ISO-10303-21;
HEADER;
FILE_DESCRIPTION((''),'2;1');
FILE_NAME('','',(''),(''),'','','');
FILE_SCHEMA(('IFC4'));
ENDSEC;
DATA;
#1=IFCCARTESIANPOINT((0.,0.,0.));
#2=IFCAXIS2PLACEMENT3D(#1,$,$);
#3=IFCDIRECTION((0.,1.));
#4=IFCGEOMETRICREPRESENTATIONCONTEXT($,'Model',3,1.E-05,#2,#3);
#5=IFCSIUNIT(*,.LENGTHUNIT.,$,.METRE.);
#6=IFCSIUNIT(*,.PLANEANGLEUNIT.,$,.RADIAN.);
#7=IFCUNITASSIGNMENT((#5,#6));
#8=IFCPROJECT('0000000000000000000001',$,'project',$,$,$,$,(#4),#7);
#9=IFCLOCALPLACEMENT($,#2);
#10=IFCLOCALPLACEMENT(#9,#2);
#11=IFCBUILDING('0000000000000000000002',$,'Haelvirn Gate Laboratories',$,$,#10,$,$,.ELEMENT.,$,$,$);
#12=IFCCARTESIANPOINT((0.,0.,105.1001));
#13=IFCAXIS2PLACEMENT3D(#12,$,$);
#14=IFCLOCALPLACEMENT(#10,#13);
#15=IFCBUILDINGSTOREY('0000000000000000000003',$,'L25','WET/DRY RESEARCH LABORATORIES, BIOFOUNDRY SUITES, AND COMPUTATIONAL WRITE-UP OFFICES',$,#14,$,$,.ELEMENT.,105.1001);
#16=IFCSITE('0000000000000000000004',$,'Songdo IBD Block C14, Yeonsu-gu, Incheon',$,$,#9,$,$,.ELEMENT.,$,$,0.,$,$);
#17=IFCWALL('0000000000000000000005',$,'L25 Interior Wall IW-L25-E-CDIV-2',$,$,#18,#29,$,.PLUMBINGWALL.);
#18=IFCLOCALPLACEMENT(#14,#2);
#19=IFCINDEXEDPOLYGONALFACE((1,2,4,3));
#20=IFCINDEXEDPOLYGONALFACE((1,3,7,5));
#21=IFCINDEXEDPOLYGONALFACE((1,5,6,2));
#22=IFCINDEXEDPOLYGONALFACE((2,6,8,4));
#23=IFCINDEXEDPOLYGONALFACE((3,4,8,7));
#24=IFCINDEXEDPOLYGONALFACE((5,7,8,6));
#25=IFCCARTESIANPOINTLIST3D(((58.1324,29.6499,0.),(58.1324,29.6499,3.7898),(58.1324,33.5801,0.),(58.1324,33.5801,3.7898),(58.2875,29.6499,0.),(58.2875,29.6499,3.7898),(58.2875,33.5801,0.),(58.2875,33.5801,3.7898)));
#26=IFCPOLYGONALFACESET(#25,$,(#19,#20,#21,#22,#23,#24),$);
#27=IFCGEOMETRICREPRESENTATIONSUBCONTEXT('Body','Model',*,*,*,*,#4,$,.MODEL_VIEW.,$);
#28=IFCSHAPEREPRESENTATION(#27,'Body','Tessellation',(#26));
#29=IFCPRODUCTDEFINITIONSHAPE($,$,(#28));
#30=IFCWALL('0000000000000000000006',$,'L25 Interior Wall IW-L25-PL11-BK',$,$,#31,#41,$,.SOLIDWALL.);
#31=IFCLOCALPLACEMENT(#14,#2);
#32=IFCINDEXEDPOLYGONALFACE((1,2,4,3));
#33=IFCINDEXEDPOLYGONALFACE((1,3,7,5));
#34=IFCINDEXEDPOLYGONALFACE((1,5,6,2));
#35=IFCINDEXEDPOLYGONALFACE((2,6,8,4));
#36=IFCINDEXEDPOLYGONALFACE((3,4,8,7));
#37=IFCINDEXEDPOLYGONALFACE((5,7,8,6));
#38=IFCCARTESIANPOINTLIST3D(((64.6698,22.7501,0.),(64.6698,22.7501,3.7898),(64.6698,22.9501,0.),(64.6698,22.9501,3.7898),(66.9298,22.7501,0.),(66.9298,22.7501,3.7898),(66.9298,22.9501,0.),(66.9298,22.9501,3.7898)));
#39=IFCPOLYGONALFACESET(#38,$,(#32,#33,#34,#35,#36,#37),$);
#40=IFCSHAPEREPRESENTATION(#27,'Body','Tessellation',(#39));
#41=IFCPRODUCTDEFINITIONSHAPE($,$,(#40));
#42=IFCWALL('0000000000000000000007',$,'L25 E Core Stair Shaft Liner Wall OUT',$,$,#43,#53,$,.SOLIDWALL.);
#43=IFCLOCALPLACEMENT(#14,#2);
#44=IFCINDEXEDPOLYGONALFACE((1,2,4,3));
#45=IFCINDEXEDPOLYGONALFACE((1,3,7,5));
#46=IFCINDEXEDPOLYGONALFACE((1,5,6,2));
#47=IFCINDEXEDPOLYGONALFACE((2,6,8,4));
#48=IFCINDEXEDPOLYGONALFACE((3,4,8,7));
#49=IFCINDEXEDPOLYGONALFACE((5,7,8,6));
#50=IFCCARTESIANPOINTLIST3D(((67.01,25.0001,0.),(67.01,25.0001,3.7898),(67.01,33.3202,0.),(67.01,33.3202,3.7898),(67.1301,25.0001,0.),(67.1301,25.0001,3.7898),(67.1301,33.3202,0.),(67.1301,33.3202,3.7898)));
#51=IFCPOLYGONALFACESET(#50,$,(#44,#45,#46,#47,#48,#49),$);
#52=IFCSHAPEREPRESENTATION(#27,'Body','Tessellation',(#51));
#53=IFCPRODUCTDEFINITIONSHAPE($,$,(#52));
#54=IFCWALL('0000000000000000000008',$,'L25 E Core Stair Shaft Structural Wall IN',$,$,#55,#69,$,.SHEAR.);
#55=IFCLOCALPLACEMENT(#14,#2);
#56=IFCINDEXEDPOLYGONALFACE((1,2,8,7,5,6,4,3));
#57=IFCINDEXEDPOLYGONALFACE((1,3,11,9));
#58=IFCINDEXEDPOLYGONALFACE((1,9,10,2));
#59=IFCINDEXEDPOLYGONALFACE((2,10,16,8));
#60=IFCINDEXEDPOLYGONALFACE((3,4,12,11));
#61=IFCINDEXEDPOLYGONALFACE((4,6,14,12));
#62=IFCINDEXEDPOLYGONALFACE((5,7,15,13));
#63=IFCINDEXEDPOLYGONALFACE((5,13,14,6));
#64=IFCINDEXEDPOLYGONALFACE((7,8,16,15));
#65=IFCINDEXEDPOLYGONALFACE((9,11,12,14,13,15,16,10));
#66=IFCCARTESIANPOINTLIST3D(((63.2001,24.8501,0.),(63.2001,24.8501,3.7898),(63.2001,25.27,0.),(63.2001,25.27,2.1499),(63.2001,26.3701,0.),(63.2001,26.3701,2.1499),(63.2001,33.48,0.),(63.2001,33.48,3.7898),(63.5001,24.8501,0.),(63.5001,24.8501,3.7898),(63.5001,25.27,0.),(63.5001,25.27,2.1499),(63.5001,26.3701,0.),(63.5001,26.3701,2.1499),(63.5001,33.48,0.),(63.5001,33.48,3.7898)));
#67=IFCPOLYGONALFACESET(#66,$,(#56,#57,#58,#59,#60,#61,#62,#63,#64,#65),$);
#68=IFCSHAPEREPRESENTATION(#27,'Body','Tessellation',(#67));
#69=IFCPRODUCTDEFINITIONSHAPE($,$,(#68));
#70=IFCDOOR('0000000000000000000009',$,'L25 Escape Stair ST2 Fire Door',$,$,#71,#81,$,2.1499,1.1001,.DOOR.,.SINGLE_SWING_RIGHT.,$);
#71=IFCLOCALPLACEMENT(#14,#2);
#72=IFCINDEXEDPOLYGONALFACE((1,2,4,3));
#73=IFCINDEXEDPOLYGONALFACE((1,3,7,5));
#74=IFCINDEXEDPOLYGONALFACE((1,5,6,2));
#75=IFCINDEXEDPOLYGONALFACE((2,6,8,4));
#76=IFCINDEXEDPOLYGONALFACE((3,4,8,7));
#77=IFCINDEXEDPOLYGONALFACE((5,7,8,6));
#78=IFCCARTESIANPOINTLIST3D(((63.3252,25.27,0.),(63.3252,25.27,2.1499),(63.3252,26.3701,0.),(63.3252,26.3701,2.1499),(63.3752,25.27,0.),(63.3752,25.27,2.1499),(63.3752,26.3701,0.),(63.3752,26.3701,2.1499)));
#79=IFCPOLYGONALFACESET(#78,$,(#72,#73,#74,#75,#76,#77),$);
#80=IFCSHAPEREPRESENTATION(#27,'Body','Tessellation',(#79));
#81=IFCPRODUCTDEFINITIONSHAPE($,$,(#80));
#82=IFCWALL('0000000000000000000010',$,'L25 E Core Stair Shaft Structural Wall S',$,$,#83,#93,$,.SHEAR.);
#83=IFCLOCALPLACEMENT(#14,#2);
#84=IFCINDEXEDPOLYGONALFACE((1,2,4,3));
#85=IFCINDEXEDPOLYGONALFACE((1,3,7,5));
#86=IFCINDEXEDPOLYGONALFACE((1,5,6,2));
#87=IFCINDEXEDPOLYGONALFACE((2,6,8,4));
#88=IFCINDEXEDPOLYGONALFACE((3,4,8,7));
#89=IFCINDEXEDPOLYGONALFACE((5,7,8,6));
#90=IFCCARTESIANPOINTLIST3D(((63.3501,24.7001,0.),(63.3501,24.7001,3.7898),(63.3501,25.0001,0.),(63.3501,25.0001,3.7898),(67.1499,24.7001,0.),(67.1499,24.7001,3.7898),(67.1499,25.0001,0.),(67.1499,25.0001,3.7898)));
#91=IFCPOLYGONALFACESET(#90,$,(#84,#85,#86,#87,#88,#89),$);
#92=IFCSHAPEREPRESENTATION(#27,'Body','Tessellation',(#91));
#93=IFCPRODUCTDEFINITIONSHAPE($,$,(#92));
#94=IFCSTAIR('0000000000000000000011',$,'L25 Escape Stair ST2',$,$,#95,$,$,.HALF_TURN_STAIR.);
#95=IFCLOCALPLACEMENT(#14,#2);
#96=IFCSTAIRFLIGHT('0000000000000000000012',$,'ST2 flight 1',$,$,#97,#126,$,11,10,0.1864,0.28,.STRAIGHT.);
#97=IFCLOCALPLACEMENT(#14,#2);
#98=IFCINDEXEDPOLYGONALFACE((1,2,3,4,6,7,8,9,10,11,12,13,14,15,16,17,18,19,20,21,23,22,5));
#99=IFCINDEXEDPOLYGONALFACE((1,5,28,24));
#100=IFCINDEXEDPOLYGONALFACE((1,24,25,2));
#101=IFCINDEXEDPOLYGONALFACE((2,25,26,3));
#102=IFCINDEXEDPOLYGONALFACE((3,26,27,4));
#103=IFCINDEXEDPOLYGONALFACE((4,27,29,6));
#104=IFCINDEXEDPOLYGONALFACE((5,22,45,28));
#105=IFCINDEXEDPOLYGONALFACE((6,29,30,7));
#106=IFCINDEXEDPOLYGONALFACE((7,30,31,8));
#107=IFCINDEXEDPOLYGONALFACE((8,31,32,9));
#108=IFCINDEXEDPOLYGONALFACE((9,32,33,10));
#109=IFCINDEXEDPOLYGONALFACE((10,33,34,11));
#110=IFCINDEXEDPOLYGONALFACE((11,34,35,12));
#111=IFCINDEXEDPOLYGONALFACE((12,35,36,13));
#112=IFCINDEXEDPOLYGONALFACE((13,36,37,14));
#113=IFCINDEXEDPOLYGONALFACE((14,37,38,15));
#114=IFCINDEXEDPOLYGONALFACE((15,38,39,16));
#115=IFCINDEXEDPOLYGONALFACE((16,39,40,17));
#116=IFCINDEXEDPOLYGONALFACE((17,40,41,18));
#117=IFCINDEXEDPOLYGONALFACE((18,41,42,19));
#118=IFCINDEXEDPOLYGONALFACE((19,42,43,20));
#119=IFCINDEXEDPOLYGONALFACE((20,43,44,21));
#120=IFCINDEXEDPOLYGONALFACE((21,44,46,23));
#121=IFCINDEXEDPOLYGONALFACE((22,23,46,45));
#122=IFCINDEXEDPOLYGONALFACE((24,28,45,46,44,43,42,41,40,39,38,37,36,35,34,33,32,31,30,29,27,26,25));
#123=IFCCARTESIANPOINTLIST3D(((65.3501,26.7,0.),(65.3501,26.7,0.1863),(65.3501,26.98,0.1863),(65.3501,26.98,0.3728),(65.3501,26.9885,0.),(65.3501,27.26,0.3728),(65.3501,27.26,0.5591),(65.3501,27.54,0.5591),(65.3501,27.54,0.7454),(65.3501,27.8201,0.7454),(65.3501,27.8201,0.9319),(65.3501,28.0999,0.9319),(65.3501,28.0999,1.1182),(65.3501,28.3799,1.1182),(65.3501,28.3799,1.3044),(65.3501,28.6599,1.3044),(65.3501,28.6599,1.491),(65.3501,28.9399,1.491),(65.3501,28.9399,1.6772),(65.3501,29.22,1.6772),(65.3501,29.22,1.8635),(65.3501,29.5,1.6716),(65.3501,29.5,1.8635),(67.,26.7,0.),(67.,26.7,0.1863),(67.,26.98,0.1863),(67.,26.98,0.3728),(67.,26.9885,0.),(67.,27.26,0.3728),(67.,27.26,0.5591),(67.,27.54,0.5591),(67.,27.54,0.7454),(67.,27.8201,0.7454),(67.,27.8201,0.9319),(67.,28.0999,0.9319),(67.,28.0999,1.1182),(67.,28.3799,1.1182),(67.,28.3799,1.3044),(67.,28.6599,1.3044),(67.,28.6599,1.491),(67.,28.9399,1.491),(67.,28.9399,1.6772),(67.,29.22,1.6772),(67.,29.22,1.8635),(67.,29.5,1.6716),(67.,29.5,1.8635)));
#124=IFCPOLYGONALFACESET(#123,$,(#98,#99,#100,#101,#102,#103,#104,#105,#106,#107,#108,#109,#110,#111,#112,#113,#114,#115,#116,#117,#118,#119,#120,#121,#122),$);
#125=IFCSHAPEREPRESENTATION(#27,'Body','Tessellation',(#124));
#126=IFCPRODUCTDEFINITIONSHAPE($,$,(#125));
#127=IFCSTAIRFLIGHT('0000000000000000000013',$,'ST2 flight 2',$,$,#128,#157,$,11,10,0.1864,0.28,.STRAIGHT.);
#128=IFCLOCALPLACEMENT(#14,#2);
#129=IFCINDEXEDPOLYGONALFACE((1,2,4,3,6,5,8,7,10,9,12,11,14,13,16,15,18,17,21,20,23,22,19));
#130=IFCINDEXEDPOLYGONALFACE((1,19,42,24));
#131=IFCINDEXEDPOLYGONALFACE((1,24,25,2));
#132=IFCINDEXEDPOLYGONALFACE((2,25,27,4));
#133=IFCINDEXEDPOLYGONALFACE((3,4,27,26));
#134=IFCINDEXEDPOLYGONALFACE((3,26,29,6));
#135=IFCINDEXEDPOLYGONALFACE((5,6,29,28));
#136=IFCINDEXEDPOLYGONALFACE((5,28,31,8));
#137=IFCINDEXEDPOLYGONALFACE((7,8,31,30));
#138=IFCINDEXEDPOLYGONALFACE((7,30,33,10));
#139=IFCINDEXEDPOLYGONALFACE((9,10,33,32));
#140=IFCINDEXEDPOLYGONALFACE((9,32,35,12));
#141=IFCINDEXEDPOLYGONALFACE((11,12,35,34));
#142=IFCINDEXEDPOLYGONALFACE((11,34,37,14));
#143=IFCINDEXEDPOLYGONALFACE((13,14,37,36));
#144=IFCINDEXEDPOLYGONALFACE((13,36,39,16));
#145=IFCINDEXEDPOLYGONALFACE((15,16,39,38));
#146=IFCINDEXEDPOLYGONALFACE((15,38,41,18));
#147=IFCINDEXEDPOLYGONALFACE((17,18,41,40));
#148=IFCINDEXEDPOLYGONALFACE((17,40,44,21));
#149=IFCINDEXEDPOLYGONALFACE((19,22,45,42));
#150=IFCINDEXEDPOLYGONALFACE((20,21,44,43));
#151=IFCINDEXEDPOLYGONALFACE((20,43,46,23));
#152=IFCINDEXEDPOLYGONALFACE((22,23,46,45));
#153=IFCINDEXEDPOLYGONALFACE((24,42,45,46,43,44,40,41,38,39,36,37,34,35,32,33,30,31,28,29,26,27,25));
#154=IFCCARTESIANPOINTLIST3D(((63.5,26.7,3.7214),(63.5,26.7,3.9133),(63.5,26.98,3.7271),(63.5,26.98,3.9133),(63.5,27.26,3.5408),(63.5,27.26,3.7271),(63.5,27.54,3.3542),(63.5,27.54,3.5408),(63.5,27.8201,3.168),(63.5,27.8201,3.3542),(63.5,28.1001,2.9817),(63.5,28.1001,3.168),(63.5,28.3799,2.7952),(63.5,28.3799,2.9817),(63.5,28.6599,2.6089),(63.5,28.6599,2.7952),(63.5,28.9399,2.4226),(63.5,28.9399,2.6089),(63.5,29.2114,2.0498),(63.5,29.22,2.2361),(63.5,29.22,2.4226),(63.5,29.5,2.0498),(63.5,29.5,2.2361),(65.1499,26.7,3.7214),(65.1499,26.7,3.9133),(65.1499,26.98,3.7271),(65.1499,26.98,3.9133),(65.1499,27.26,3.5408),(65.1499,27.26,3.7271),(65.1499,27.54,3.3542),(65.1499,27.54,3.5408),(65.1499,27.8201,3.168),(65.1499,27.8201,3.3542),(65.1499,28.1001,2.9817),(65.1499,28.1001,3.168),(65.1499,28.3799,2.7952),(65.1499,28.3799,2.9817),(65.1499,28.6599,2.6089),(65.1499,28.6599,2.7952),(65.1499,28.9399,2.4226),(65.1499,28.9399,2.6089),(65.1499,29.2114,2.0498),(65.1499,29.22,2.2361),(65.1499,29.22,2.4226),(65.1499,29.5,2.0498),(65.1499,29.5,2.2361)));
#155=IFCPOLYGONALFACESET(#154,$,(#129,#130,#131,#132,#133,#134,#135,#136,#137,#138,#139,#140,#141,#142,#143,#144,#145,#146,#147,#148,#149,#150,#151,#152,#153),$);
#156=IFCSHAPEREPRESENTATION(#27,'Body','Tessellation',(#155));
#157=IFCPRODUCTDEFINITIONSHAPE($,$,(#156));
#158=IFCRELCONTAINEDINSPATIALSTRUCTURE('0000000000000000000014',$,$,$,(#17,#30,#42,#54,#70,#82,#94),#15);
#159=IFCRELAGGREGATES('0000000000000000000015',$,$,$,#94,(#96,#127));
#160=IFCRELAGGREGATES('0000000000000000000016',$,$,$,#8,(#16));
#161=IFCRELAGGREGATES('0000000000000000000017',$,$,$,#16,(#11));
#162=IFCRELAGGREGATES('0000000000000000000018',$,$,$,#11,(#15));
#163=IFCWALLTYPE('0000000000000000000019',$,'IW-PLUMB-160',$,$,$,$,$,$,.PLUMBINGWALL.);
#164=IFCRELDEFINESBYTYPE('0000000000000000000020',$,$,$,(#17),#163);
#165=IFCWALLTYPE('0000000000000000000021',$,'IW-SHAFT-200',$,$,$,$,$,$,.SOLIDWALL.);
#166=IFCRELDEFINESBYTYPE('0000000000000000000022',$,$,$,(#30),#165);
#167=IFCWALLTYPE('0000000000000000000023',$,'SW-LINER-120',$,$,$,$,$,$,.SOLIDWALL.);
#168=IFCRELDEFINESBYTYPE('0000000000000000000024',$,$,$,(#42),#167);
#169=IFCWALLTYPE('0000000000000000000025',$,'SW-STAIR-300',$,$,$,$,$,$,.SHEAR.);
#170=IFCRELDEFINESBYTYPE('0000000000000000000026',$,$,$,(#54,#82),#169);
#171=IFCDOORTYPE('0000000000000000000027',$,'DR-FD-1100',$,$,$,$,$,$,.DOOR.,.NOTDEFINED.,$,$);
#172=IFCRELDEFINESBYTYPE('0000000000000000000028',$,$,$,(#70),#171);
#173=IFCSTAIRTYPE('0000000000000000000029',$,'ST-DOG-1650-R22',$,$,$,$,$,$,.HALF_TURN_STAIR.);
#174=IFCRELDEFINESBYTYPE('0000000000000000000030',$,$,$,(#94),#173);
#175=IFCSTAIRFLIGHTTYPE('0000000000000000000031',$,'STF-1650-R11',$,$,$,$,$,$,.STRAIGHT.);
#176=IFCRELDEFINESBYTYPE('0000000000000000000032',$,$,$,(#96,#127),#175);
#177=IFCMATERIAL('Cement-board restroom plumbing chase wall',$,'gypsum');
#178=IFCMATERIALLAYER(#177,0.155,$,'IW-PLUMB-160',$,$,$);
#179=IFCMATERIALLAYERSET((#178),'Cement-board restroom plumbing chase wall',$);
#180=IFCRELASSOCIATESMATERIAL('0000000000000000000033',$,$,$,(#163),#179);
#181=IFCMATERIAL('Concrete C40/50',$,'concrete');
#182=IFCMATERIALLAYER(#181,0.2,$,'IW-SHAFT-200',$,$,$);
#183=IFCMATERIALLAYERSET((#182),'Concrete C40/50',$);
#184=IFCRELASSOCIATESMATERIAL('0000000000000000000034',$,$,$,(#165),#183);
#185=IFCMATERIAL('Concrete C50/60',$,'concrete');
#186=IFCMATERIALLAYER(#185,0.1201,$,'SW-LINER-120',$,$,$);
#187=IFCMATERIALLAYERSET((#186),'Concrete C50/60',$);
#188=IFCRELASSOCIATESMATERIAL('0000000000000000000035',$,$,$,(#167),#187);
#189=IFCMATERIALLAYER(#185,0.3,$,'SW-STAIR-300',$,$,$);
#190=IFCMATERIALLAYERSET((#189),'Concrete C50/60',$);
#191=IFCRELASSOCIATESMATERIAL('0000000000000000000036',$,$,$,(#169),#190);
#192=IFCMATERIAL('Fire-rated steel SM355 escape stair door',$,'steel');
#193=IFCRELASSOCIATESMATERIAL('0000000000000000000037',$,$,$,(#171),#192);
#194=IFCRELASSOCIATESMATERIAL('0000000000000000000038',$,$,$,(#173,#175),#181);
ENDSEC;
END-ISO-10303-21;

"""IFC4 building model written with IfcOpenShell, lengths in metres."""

from ifc_helpers import new_model, si_unit, direction, frame, frame_2d, origin, place, context, subcontext, project, spatial, polyline, rectangle, outline, extrude, source, transform, mapped, material, layer, layer_set, type_object, type_shapes, element, fill, aggregate, save


model = new_model("IFC4")

# Units and contexts
model_context = context("Model", 3, precision=1e-05, world=origin(), true_north=direction((0.0, 1.0)))
body_context = subcontext(model_context, "Body", "Model", "MODEL_VIEW")
ifc_project = project(units=[si_unit("LENGTHUNIT", "METRE"), si_unit("PLANEANGLEUNIT", "RADIAN")], contexts=[model_context])

# Site, building, storey
site_placement = place(None, origin())
site = spatial("IfcSite", under=ifc_project, at=site_placement, Name="Songdo IBD Block C14, Yeonsu-gu, Incheon", CompositionType="ELEMENT", RefElevation=0.0)
building_placement = place(site_placement, origin())
building = spatial("IfcBuilding", under=site, at=building_placement, Name="Haelvirn Gate Laboratories", CompositionType="ELEMENT")
storey_placement = place(building_placement, frame((0.0, 0.0, 105.1001)))
storey = spatial("IfcBuildingStorey", under=building, at=storey_placement, Name="L25", Description="WET/DRY RESEARCH LABORATORIES, BIOFOUNDRY SUITES, AND COMPUTATIONAL WRITE-UP OFFICES", CompositionType="ELEMENT", Elevation=105.1001)

# Walls
ifc_material_1 = material(Name="Cement-board restroom plumbing chase wall", Category="gypsum")
ifc_layer_1 = layer(ifc_material_1, 0.155, Name="IW-PLUMB-160")
ifc_layer_set_1 = layer_set([ifc_layer_1], Name="Cement-board restroom plumbing chase wall")
wall_type_1 = type_object("IfcWallType", Name="IW-PLUMB-160", PredefinedType="PLUMBINGWALL", material=ifc_layer_set_1)
for number, where, z_axis, x_axis, name in (
    (1, (58.21, 29.6499, 0.0), (0.0, 0.0, 1.0), (0.0, 1.0, 0.0), "L25 Interior Wall IW-L25-E-CDIV-2"),
):
    element("IfcWall", number, at=place(storey_placement, frame(where, z_axis=z_axis, x_axis=x_axis)), inside=storey, type_object=wall_type_1, Name=name, PredefinedType="PLUMBINGWALL", context=body_context, shape_type="SweptSolid", body=[
        extrude(rectangle(XDim=3.9302, YDim=0.155, at=frame_2d((1.9651, 0.0))), origin(), (0.0, 0.0, 1.0), 3.7898),
    ])
ifc_material_2 = material(Name="Concrete C40/50", Category="concrete")
ifc_layer_2 = layer(ifc_material_2, 0.2, Name="IW-SHAFT-200")
ifc_layer_set_2 = layer_set([ifc_layer_2], Name="Concrete C40/50")
wall_type_2 = type_object("IfcWallType", Name="IW-SHAFT-200", PredefinedType="SOLIDWALL", material=ifc_layer_set_2)
wall_1_placement = place(storey_placement, frame((64.6699, 22.8501, 0.0), z_axis=(0.0, 0.0, 1.0), x_axis=(1.0, 0.0, 0.0)))
element("IfcWall", 2, at=wall_1_placement, inside=storey, type_object=wall_type_2, Name="L25 Interior Wall IW-L25-PL11-BK", PredefinedType="SOLIDWALL", context=body_context, shape_type="SweptSolid", body=[
    extrude(rectangle(XDim=2.26, YDim=0.2, at=frame_2d((1.1299, 0.0))), origin(), (0.0, 0.0, 1.0), 3.7898),
])
ifc_material_3 = material(Name="Concrete C50/60", Category="concrete")
ifc_layer_3 = layer(ifc_material_3, 0.1201, Name="SW-LINER-120")
ifc_layer_set_3 = layer_set([ifc_layer_3], Name="Concrete C50/60")
wall_type_3 = type_object("IfcWallType", Name="SW-LINER-120", PredefinedType="SOLIDWALL", material=ifc_layer_set_3)
wall_2_placement = place(storey_placement, frame((67.0701, 25.0, 0.0), z_axis=(0.0, 0.0, 1.0), x_axis=(0.0, 1.0, 0.0)))
element("IfcWall", 3, at=wall_2_placement, inside=storey, type_object=wall_type_3, Name="L25 E Core Stair Shaft Liner Wall OUT", PredefinedType="SOLIDWALL", context=body_context, shape_type="SweptSolid", body=[
    extrude(rectangle(XDim=8.3201, YDim=0.1201, at=frame_2d((4.1602, 0.0))), origin(), (0.0, 0.0, 1.0), 3.7898),
])

# Wall, opening, door
ifc_layer_4 = layer(ifc_material_3, 0.3, Name="SW-STAIR-300")
ifc_layer_set_4 = layer_set([ifc_layer_4], Name="Concrete C50/60")
wall_type_4 = type_object("IfcWallType", Name="SW-STAIR-300", PredefinedType="SHEAR", material=ifc_layer_set_4)
wall_3_placement = place(storey_placement, frame((63.3501, 24.8501, 0.0), z_axis=(0.0, 0.0, 1.0), x_axis=(0.0, 1.0, 0.0)))
wall_3 = element("IfcWall", 4, at=wall_3_placement, inside=storey, type_object=wall_type_4, Name="L25 E Core Stair Shaft Structural Wall IN", PredefinedType="SHEAR", context=body_context, shape_type="SweptSolid", body=[
    extrude(rectangle(XDim=8.6299, YDim=0.3, at=frame_2d((4.3149, 0.0))), origin(), (0.0, 0.0, 1.0), 3.7898),
])
opening_1_placement = place(wall_3_placement, frame((0.4199, 0.0, 0.0)))
opening_1 = element("IfcOpeningElement", 5, at=opening_1_placement, cuts=wall_3, PredefinedType="OPENING", context=body_context, shape_type="SweptSolid", body=[
    extrude(rectangle(XDim=1.1001, YDim=2.1499, at=frame_2d((0.55, 1.075))), frame((0.0, 0.1602, 0.0), z_axis=(0.0, -1.0, 0.0), x_axis=(1.0, 0.0, 0.0)), (0.0, 0.0, 1.0), 0.3201),
])
ifc_material_4 = material(Name="Fire-rated steel SM355 escape stair door", Category="steel")
door_type_1 = type_object("IfcDoorType", Name="DR-FD-1100", OperationType="NOTDEFINED", PredefinedType="DOOR", material=ifc_material_4)
shared_shape_1 = source(origin(), body_context, "Body", "SweptSolid", [
    extrude(rectangle(XDim=1.1001, YDim=2.1499, at=frame_2d((0.55, 1.075))), frame((0.0, 0.0249, 0.0), z_axis=(0.0, -1.0, 0.0), x_axis=(1.0, 0.0, 0.0)), (0.0, 0.0, 1.0), 0.05),
])
type_shapes(door_type_1, [shared_shape_1])
door_1_placement = place(opening_1_placement, origin())
door_1 = element("IfcDoor", 6, at=door_1_placement, inside=storey, type_object=door_type_1, Name="L25 Escape Stair ST2 Fire Door", OperationType="SINGLE_SWING_RIGHT", OverallHeight=2.1499, OverallWidth=1.1001, PredefinedType="DOOR", context=body_context, shape_type="MappedRepresentation", body=[
    mapped(shared_shape_1, transform((0.0, 0.0, 0.0), scale=1.0)),
])
fill(opening_1, door_1)

# Wall
wall_4_placement = place(storey_placement, frame((63.3501, 24.8501, 0.0), z_axis=(0.0, 0.0, 1.0), x_axis=(1.0, 0.0, 0.0)))
element("IfcWall", 7, at=wall_4_placement, inside=storey, type_object=wall_type_4, Name="L25 E Core Stair Shaft Structural Wall S", PredefinedType="SHEAR", context=body_context, shape_type="SweptSolid", body=[
    extrude(rectangle(XDim=3.7998, YDim=0.3, at=frame_2d((1.8999, 0.0))), origin(), (0.0, 0.0, 1.0), 3.7898),
])

# Stair, stair flights
stair_type = type_object("IfcStairType", Name="ST-DOG-1650-R22", PredefinedType="HALF_TURN_STAIR", material=ifc_material_2)
stair_placement = place(storey_placement, origin())
stair = element("IfcStair", 8, at=stair_placement, inside=storey, type_object=stair_type, Name="L25 Escape Stair ST2", PredefinedType="HALF_TURN_STAIR")
stair_flight_type = type_object("IfcStairFlightType", Name="STF-1650-R11", PredefinedType="STRAIGHT", material=ifc_material_2)
shared_shape_2 = source(origin(), body_context, "Body", "SweptSolid", [
    extrude(outline(polyline([(0.0, 0.0), (0.0, 0.1863), (0.28, 0.1863), (0.28, 0.3728), (0.5601, 0.3728), (0.5601, 0.5591), (0.8401, 0.5591), (0.8401, 0.7454), (1.1201, 0.7454), (1.1201, 0.9319), (1.3999, 0.9319), (1.3999, 1.1182), (1.6799, 1.1182), (1.6799, 1.3044), (1.96, 1.3044), (1.96, 1.491), (2.24, 1.491), (2.24, 1.6772), (2.52, 1.6772), (2.52, 1.8635), (2.8, 1.8635), (2.8, 2.05), (2.8, 1.6716), (0.2886, 0.0), (0.0, 0.0)])), frame((0.0, 0.825, 0.0), z_axis=(0.0, -1.0, 0.0), x_axis=(1.0, 0.0, 0.0)), (0.0, 0.0, 1.0), 1.6499),
])
type_shapes(stair_flight_type, [shared_shape_2])
stair_flight_1_placement = place(storey_placement, frame((66.175, 26.7, 0.0), z_axis=(0.0, 0.0, 1.0), x_axis=(0.0, 1.0, 0.0)))
stair_flight_1 = element("IfcStairFlight", 9, at=stair_flight_1_placement, type_object=stair_flight_type, Name="ST2 flight 1", NumberOfRisers=11, NumberOfTreads=10, PredefinedType="STRAIGHT", RiserHeight=0.1864, TreadLength=0.28, context=body_context, shape_type="MappedRepresentation", body=[
    mapped(shared_shape_2, transform((0.0, 0.0, 0.0), scale=1.0)),
])
stair_flight_2_placement = place(storey_placement, frame((64.325, 29.5, 2.0498), z_axis=(0.0, 0.0, 1.0), x_axis=(0.0, -1.0, 0.0)))
stair_flight_2 = element("IfcStairFlight", 10, at=stair_flight_2_placement, type_object=stair_flight_type, Name="ST2 flight 2", NumberOfRisers=11, NumberOfTreads=10, PredefinedType="STRAIGHT", RiserHeight=0.1864, TreadLength=0.28, context=body_context, shape_type="MappedRepresentation", body=[
    mapped(shared_shape_2, transform((0.0, 0.0, 0.0), scale=1.0)),
])
aggregate(stair, [stair_flight_1, stair_flight_2])

save(model, "model.ifc")
